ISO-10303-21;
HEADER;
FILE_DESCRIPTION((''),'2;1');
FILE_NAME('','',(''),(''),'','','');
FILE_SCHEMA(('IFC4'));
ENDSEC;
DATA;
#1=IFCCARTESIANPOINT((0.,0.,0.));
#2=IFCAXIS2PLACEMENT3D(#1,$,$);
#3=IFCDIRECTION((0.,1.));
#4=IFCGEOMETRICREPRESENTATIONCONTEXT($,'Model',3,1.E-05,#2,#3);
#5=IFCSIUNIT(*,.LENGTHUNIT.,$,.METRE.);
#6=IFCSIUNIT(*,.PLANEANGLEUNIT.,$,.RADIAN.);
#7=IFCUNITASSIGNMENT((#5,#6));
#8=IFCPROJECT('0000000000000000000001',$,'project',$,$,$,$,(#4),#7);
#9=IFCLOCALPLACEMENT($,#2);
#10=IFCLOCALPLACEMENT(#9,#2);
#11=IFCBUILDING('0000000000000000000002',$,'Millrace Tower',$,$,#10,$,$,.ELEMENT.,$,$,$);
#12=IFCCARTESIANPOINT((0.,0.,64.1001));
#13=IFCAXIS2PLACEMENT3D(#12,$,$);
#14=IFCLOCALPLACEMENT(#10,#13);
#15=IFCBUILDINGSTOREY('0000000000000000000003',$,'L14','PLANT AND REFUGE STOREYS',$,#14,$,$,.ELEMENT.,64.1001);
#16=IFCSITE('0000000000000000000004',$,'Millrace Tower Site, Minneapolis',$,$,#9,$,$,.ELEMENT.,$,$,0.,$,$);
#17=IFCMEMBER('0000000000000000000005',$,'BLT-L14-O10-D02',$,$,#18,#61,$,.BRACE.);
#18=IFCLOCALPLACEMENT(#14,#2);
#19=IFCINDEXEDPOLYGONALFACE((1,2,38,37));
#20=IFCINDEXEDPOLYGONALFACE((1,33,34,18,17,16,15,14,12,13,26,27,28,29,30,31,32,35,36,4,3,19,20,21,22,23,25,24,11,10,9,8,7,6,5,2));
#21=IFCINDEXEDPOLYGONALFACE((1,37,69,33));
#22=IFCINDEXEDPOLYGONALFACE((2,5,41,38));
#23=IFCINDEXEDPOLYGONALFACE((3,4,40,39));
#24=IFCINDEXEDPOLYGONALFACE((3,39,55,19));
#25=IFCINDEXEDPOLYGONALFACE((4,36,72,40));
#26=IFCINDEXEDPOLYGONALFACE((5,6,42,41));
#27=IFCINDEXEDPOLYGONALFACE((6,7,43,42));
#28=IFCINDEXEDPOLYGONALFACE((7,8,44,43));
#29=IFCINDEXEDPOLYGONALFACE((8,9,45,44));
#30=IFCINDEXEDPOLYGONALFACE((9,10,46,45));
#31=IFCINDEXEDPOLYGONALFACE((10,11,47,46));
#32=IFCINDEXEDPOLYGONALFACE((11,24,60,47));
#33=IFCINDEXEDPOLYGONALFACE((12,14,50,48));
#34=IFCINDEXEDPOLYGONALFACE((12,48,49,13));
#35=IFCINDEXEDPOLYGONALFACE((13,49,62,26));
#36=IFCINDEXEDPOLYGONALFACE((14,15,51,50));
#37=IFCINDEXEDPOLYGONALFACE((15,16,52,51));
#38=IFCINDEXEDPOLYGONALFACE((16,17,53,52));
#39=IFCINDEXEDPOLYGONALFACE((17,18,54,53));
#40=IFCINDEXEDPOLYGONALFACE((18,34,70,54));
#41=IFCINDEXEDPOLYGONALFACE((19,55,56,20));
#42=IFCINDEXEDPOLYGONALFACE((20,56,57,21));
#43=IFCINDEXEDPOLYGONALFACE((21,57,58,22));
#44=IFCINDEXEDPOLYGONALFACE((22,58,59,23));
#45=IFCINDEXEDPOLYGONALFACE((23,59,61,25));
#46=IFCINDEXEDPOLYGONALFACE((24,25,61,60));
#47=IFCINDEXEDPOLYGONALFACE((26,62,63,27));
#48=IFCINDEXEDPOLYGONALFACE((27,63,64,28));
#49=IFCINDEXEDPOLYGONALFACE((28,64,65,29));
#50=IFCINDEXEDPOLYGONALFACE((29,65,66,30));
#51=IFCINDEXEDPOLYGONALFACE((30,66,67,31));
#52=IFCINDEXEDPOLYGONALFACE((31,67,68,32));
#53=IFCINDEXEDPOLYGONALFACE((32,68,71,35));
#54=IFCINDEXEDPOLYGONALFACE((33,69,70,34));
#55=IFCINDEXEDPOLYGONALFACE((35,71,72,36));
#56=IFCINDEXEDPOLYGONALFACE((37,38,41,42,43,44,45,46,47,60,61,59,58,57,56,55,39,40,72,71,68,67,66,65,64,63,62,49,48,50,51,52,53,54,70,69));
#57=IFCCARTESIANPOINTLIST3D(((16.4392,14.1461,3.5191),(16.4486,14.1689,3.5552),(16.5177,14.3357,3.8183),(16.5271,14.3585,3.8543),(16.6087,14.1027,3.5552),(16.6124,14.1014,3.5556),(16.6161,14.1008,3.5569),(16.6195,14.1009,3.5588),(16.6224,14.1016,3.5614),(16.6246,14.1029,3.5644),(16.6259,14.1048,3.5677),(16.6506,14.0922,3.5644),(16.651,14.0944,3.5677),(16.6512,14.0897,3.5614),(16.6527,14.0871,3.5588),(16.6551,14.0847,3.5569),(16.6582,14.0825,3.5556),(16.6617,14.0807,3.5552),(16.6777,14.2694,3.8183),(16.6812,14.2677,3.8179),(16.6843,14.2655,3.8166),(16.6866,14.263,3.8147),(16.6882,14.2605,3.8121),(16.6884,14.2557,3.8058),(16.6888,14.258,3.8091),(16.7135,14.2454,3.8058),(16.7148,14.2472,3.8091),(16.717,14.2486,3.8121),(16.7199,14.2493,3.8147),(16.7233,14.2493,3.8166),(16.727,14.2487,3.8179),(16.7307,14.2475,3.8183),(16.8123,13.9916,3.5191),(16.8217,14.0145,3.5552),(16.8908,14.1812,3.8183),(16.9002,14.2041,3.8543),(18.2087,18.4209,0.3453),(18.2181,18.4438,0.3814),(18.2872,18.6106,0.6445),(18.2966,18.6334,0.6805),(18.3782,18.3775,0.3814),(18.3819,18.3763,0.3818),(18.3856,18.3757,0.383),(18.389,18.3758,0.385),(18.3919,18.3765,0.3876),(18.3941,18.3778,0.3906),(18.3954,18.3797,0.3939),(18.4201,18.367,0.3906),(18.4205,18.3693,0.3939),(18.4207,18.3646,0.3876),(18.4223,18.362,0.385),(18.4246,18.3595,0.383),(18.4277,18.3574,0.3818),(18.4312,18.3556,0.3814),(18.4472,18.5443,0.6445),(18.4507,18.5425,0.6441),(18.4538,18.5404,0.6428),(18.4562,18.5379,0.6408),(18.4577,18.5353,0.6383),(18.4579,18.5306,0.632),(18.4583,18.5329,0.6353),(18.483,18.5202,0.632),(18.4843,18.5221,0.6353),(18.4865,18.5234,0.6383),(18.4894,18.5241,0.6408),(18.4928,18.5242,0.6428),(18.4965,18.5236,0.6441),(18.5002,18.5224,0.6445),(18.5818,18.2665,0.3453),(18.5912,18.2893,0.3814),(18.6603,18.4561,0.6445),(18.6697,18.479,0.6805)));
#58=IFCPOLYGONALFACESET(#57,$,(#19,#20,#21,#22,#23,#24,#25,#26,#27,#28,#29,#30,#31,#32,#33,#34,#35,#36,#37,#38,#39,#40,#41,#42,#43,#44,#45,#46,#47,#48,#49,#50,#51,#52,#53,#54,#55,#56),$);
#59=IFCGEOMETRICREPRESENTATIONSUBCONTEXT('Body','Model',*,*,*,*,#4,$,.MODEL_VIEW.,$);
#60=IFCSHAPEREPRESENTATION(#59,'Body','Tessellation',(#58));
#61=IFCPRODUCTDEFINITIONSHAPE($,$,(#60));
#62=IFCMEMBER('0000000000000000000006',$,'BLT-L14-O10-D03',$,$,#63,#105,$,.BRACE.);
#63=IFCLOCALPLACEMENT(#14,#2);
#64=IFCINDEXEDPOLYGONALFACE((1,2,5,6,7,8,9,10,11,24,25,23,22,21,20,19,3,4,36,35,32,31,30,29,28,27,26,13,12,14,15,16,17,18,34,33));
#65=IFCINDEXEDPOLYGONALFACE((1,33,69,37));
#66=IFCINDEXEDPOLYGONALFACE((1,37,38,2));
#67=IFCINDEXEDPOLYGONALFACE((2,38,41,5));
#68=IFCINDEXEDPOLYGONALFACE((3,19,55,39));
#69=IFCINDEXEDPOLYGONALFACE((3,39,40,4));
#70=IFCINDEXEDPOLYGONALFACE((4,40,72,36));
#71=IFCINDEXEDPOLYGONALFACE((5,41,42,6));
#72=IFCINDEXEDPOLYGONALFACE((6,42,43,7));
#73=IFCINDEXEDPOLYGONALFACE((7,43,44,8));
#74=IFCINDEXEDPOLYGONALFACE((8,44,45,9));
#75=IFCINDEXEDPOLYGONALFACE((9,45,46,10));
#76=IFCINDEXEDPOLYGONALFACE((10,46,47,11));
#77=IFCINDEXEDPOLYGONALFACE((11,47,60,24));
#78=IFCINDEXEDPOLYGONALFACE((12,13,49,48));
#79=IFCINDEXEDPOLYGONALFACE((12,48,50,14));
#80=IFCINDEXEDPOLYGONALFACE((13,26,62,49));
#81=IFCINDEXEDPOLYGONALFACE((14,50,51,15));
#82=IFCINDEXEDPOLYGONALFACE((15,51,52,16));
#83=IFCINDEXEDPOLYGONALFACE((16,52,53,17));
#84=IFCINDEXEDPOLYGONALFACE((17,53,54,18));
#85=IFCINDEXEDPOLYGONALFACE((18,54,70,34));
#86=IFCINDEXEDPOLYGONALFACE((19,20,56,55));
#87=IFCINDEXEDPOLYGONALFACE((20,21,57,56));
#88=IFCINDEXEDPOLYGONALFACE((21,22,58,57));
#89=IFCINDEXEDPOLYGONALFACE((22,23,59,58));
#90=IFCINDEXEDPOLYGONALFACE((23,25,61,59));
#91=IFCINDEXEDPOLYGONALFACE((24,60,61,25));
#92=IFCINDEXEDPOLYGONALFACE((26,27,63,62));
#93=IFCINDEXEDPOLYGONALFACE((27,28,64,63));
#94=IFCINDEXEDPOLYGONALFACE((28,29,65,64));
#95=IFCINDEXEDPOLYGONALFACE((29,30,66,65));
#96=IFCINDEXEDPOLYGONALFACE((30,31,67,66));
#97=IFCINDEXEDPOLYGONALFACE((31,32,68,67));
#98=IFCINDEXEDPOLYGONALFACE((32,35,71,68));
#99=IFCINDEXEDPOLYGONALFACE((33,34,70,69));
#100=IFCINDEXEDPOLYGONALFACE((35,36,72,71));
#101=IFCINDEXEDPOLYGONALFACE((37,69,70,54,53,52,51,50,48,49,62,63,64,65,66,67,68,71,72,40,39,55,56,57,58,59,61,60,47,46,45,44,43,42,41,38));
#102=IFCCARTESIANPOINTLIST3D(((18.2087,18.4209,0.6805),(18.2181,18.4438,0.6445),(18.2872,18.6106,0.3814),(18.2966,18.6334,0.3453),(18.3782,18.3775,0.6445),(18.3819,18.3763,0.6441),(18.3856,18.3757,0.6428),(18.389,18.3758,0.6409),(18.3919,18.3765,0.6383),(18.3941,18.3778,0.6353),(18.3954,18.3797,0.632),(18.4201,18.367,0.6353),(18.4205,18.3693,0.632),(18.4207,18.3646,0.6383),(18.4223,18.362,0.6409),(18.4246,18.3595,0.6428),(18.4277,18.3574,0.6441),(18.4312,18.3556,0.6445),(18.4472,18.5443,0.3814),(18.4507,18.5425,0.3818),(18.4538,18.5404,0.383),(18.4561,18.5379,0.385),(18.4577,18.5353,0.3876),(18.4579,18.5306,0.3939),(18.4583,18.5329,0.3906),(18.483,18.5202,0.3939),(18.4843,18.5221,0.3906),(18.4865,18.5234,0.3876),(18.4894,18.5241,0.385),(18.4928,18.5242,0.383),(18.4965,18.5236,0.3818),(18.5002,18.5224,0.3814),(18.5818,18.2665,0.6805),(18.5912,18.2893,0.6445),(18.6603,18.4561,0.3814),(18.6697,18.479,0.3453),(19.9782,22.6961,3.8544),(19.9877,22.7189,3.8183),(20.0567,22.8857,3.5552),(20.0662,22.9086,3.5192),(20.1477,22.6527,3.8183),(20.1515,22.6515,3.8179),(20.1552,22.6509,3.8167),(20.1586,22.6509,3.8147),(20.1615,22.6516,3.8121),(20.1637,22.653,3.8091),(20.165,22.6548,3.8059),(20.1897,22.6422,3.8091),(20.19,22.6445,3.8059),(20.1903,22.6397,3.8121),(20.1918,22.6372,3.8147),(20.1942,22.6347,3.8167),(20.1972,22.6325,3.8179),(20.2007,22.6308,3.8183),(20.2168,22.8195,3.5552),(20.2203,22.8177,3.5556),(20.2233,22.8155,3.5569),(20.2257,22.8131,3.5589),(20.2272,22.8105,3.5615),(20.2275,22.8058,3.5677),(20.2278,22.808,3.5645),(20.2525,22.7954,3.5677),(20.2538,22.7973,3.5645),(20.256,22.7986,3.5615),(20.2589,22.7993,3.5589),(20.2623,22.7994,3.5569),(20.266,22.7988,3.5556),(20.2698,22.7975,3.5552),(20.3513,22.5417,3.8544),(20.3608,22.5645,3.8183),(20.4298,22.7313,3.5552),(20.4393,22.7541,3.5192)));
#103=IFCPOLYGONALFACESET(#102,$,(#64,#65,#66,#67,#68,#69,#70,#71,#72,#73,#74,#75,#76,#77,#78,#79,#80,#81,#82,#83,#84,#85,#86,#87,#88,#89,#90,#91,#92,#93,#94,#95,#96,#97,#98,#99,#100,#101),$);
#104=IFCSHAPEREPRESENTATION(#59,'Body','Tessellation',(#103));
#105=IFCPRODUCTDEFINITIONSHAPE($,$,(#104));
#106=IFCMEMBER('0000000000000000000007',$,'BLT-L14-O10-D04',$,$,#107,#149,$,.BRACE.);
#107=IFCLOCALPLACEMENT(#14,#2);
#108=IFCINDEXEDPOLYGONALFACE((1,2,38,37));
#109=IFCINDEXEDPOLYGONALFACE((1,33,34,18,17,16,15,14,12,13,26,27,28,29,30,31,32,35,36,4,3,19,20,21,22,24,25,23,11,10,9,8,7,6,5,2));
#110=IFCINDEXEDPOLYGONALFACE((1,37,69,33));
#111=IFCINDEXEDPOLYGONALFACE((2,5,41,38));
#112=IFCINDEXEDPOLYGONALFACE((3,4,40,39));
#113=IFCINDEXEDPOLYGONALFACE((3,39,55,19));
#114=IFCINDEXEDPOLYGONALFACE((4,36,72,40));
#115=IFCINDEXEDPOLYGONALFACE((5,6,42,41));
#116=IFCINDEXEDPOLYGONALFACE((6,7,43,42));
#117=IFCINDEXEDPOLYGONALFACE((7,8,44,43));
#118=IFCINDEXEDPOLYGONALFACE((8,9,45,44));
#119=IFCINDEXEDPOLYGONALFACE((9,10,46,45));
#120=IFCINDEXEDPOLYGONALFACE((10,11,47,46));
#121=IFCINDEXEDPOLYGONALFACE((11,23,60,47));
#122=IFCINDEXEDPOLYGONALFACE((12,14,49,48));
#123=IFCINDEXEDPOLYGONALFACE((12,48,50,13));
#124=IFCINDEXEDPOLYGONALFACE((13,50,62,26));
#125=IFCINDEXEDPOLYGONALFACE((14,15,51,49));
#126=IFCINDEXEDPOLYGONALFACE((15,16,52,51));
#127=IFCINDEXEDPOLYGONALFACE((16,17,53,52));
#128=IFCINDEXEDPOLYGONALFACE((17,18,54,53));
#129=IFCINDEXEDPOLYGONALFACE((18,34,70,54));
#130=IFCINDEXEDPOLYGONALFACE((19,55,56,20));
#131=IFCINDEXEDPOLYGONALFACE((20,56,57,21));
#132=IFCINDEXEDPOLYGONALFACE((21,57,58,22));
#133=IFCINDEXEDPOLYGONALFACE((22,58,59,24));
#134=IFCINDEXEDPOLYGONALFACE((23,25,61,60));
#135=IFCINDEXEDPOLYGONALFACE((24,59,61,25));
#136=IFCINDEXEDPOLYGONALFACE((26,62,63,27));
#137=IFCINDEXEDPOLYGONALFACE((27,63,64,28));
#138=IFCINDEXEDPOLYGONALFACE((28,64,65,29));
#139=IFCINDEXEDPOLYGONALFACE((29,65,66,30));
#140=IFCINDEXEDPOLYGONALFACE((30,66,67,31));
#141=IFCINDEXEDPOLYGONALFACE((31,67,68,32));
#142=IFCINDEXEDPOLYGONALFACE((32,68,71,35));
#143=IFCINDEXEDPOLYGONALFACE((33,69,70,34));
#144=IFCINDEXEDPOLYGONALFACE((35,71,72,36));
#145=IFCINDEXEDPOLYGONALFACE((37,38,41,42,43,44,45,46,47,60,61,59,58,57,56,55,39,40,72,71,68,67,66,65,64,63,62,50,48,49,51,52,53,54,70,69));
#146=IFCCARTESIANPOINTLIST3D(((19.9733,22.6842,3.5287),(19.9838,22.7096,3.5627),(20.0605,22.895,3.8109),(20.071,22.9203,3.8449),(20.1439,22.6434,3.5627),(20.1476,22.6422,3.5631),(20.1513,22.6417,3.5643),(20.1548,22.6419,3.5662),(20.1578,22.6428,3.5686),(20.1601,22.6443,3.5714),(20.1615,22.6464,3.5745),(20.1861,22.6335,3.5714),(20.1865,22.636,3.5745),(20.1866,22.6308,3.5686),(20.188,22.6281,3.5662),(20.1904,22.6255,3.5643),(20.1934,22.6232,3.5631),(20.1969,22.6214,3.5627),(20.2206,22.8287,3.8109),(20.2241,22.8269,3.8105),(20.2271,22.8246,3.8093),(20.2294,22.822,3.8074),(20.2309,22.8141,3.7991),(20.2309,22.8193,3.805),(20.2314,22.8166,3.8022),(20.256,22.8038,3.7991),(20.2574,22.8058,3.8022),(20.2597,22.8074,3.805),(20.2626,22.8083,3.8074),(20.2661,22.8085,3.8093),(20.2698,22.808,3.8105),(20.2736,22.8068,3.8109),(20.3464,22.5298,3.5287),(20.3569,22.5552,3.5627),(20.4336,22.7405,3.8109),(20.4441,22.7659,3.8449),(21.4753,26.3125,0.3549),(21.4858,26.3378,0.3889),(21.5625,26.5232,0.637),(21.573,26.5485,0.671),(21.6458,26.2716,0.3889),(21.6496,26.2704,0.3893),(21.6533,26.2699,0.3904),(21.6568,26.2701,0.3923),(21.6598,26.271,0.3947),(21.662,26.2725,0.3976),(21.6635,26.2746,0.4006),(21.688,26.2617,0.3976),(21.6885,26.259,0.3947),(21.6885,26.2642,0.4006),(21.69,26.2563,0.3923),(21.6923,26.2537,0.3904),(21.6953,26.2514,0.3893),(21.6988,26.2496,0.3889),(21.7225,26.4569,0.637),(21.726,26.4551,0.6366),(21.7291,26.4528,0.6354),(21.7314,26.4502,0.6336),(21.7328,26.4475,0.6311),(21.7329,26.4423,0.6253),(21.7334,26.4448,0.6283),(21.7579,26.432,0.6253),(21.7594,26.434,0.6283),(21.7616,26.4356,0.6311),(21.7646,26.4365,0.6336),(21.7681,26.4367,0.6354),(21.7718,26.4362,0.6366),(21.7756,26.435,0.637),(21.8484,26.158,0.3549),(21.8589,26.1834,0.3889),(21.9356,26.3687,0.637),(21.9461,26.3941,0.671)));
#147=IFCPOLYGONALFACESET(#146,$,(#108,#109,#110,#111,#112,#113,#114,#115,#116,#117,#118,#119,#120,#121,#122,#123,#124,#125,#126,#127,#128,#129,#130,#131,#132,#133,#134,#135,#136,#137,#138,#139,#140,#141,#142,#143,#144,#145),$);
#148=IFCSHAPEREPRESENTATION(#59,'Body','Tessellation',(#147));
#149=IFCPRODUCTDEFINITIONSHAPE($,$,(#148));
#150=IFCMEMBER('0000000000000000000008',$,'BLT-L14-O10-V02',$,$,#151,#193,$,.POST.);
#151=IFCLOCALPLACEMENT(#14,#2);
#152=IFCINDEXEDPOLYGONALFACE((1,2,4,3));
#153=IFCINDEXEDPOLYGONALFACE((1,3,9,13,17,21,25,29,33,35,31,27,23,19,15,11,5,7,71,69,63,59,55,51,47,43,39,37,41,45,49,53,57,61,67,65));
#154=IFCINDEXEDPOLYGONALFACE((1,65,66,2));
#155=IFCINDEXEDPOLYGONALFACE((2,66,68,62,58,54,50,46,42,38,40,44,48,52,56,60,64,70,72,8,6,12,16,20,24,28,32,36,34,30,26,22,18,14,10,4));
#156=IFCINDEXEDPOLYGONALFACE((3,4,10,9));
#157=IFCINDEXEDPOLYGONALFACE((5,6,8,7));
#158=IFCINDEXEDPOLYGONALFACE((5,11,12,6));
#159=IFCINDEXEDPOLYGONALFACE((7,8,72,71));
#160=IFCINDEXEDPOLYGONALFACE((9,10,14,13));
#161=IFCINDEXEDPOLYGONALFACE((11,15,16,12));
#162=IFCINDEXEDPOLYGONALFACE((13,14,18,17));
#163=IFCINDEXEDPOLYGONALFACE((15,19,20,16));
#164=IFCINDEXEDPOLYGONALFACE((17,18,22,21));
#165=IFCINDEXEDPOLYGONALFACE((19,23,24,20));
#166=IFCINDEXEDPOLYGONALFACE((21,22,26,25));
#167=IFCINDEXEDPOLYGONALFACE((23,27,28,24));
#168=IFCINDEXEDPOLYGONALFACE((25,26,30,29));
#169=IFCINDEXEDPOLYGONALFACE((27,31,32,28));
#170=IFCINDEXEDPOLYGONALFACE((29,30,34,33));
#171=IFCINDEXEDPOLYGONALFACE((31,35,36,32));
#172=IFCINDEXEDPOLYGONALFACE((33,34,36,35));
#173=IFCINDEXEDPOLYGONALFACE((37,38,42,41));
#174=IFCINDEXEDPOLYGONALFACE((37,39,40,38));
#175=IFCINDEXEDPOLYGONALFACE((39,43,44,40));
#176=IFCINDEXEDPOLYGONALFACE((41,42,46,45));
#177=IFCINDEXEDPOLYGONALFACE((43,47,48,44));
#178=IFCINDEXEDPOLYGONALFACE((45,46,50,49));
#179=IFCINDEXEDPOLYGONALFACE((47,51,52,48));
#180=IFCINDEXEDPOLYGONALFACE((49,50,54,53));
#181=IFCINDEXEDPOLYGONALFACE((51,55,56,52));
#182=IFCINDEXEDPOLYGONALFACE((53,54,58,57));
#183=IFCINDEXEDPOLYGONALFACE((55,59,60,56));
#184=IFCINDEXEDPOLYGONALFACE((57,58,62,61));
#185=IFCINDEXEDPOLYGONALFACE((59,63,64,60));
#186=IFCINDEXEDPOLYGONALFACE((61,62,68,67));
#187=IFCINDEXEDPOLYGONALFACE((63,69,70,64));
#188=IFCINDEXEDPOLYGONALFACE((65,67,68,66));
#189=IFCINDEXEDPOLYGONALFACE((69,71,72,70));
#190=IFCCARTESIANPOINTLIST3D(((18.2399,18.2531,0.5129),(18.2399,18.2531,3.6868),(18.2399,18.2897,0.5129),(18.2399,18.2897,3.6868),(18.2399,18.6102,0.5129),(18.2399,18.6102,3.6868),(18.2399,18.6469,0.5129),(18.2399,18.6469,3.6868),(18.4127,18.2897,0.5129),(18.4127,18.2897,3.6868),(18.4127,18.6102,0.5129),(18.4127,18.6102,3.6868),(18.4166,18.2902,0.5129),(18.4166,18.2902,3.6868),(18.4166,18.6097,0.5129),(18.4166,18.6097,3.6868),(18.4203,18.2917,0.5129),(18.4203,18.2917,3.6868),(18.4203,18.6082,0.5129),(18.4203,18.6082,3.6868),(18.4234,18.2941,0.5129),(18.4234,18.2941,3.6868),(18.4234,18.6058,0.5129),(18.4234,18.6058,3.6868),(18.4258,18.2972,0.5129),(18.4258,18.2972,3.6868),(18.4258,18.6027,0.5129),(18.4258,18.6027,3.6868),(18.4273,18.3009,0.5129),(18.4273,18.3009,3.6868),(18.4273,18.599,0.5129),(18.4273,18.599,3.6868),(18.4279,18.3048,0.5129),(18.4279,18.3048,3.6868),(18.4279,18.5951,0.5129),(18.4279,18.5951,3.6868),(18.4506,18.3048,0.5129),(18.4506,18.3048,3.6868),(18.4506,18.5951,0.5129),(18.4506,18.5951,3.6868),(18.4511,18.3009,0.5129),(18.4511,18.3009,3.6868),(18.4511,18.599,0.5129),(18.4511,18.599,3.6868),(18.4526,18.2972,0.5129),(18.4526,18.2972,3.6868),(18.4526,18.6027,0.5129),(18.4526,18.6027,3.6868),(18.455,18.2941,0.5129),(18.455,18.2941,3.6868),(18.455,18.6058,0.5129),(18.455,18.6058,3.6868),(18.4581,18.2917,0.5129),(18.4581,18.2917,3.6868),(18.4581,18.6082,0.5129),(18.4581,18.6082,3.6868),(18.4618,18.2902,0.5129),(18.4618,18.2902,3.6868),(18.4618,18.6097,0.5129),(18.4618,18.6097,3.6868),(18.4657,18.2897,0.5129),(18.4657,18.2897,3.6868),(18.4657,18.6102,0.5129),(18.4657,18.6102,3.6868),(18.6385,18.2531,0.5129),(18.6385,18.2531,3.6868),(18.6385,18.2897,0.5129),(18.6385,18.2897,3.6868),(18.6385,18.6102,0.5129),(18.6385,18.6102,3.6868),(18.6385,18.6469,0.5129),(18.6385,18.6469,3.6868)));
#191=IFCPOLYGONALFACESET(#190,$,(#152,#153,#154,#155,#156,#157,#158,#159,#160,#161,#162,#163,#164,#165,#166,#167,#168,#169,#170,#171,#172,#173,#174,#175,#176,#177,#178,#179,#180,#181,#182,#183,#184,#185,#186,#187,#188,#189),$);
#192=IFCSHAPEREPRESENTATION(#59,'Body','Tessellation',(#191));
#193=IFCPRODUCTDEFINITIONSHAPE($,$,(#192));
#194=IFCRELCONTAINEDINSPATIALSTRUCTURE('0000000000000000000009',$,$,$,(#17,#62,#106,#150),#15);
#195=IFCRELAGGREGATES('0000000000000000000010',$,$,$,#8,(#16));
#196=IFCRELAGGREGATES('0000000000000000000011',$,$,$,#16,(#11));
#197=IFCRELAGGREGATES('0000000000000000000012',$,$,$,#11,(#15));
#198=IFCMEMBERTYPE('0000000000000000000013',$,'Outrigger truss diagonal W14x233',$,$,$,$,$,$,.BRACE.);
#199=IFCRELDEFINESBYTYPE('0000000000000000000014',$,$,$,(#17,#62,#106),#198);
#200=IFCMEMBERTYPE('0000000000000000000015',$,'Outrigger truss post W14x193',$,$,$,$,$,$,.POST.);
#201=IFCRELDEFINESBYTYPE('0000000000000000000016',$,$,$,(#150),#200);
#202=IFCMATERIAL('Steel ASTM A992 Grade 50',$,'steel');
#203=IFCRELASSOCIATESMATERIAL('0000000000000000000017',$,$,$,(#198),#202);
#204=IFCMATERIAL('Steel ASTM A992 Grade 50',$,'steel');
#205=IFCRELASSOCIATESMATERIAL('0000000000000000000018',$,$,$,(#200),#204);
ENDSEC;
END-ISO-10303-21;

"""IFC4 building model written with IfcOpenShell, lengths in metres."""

from ifc_helpers import new_model, si_unit, direction, frame, origin, origin_2d, place, context, subcontext, project, spatial, i_section, extrude, material, material_profile, profile_set, type_object, element, save


model = new_model("IFC4")

# Units and contexts
model_context = context("Model", 3, precision=1e-05, world=origin(), true_north=direction((0.0, 1.0)))
body_context = subcontext(model_context, "Body", "Model", "MODEL_VIEW")
ifc_project = project(units=[si_unit("LENGTHUNIT", "METRE"), si_unit("PLANEANGLEUNIT", "RADIAN")], contexts=[model_context])

# Site, building, storey
site_placement = place(None, origin())
site = spatial("IfcSite", under=ifc_project, at=site_placement, Name="Millrace Tower Site, Minneapolis", CompositionType="ELEMENT", RefElevation=0.0)
building_placement = place(site_placement, origin())
building = spatial("IfcBuilding", under=site, at=building_placement, Name="Millrace Tower", CompositionType="ELEMENT")
storey_placement = place(building_placement, frame((0.0, 0.0, 64.1001)))
storey = spatial("IfcBuildingStorey", under=building, at=storey_placement, Name="L14", Description="PLANT AND REFUGE STOREYS", CompositionType="ELEMENT", Elevation=64.1001)

# Members
ifc_material_1 = material(Name="Steel ASTM A992 Grade 50", Category="steel")
ifc_material_profile_1 = material_profile(ifc_material_1, i_section(OverallWidth=0.4038, OverallDepth=0.4065, WebThickness=0.0271, FlangeThickness=0.0437, FilletRadius=0.0151, at=origin_2d()))
ifc_profile_set_1 = profile_set([ifc_material_profile_1], Name="Steel ASTM A992 Grade 50")
member_type_1 = type_object("IfcMemberType", Name="Outrigger truss diagonal W14x233", PredefinedType="BRACE", material=ifc_profile_set_1)
member_1_placement = place(storey_placement, frame((18.4392, 18.45, 0.5129), z_axis=(-0.315389, -0.761929, 0.565681), x_axis=(0.923971, -0.382464, 0.0)))
element("IfcMember", 1, at=member_1_placement, inside=storey, type_object=member_type_1, Name="BLT-L14-O10-D02", PredefinedType="BRACE", context=body_context, shape_type="SweptSolid", body=[
    extrude(i_section(OverallWidth=0.4038, OverallDepth=0.4065, WebThickness=0.0271, FlangeThickness=0.0437, FilletRadius=0.0151, at=origin_2d()), origin(), (0.0, 0.0, 1.0), 5.6106),
])
member_2_placement = place(storey_placement, frame((18.4392, 18.45, 0.5129), z_axis=(0.315378, 0.761947, 0.565662), x_axis=(-0.923978, 0.382445, 0.0)))
element("IfcMember", 2, at=member_2_placement, inside=storey, type_object=member_type_1, Name="BLT-L14-O10-D03", PredefinedType="BRACE", context=body_context, shape_type="SweptSolid", body=[
    extrude(i_section(OverallWidth=0.4038, OverallDepth=0.4065, WebThickness=0.0271, FlangeThickness=0.0437, FilletRadius=0.0151, at=origin_2d()), origin(), (0.0, 0.0, 1.0), 5.6108),
])
member_3_placement = place(storey_placement, frame((21.7107, 26.3533, 0.5129), z_axis=(-0.297474, -0.718588, 0.628602), x_axis=(0.923959, -0.382491, 0.0)))
element("IfcMember", 3, at=member_3_placement, inside=storey, type_object=member_type_1, Name="BLT-L14-O10-D04", PredefinedType="BRACE", context=body_context, shape_type="SweptSolid", body=[
    extrude(i_section(OverallWidth=0.4038, OverallDepth=0.4065, WebThickness=0.0271, FlangeThickness=0.0437, FilletRadius=0.0151, at=origin_2d()), origin(), (0.0, 0.0, 1.0), 5.0491),
])
ifc_material_2 = material(Name="Steel ASTM A992 Grade 50", Category="steel")
ifc_material_profile_2 = material_profile(ifc_material_2, i_section(OverallWidth=0.3987, OverallDepth=0.3938, WebThickness=0.0227, FlangeThickness=0.0366, FilletRadius=0.0151, at=origin_2d()))
ifc_profile_set_2 = profile_set([ifc_material_profile_2], Name="Steel ASTM A992 Grade 50")
member_type_2 = type_object("IfcMemberType", Name="Outrigger truss post W14x193", PredefinedType="POST", material=ifc_profile_set_2)
for number, where, z_axis, x_axis, name in (
    (4, (18.4392, 18.45, 0.5129), (0.0, 0.0, 1.0), (1.0, 0.0, 0.0), "BLT-L14-O10-V02"),
):
    element("IfcMember", number, at=place(storey_placement, frame(where, z_axis=z_axis, x_axis=x_axis)), inside=storey, type_object=member_type_2, Name=name, PredefinedType="POST", context=body_context, shape_type="SweptSolid", body=[
        extrude(i_section(OverallWidth=0.3987, OverallDepth=0.3938, WebThickness=0.0227, FlangeThickness=0.0366, FilletRadius=0.0151, at=origin_2d()), origin(), (0.0, 0.0, 1.0), 3.1738),
    ])

save(model, "model.ifc")
